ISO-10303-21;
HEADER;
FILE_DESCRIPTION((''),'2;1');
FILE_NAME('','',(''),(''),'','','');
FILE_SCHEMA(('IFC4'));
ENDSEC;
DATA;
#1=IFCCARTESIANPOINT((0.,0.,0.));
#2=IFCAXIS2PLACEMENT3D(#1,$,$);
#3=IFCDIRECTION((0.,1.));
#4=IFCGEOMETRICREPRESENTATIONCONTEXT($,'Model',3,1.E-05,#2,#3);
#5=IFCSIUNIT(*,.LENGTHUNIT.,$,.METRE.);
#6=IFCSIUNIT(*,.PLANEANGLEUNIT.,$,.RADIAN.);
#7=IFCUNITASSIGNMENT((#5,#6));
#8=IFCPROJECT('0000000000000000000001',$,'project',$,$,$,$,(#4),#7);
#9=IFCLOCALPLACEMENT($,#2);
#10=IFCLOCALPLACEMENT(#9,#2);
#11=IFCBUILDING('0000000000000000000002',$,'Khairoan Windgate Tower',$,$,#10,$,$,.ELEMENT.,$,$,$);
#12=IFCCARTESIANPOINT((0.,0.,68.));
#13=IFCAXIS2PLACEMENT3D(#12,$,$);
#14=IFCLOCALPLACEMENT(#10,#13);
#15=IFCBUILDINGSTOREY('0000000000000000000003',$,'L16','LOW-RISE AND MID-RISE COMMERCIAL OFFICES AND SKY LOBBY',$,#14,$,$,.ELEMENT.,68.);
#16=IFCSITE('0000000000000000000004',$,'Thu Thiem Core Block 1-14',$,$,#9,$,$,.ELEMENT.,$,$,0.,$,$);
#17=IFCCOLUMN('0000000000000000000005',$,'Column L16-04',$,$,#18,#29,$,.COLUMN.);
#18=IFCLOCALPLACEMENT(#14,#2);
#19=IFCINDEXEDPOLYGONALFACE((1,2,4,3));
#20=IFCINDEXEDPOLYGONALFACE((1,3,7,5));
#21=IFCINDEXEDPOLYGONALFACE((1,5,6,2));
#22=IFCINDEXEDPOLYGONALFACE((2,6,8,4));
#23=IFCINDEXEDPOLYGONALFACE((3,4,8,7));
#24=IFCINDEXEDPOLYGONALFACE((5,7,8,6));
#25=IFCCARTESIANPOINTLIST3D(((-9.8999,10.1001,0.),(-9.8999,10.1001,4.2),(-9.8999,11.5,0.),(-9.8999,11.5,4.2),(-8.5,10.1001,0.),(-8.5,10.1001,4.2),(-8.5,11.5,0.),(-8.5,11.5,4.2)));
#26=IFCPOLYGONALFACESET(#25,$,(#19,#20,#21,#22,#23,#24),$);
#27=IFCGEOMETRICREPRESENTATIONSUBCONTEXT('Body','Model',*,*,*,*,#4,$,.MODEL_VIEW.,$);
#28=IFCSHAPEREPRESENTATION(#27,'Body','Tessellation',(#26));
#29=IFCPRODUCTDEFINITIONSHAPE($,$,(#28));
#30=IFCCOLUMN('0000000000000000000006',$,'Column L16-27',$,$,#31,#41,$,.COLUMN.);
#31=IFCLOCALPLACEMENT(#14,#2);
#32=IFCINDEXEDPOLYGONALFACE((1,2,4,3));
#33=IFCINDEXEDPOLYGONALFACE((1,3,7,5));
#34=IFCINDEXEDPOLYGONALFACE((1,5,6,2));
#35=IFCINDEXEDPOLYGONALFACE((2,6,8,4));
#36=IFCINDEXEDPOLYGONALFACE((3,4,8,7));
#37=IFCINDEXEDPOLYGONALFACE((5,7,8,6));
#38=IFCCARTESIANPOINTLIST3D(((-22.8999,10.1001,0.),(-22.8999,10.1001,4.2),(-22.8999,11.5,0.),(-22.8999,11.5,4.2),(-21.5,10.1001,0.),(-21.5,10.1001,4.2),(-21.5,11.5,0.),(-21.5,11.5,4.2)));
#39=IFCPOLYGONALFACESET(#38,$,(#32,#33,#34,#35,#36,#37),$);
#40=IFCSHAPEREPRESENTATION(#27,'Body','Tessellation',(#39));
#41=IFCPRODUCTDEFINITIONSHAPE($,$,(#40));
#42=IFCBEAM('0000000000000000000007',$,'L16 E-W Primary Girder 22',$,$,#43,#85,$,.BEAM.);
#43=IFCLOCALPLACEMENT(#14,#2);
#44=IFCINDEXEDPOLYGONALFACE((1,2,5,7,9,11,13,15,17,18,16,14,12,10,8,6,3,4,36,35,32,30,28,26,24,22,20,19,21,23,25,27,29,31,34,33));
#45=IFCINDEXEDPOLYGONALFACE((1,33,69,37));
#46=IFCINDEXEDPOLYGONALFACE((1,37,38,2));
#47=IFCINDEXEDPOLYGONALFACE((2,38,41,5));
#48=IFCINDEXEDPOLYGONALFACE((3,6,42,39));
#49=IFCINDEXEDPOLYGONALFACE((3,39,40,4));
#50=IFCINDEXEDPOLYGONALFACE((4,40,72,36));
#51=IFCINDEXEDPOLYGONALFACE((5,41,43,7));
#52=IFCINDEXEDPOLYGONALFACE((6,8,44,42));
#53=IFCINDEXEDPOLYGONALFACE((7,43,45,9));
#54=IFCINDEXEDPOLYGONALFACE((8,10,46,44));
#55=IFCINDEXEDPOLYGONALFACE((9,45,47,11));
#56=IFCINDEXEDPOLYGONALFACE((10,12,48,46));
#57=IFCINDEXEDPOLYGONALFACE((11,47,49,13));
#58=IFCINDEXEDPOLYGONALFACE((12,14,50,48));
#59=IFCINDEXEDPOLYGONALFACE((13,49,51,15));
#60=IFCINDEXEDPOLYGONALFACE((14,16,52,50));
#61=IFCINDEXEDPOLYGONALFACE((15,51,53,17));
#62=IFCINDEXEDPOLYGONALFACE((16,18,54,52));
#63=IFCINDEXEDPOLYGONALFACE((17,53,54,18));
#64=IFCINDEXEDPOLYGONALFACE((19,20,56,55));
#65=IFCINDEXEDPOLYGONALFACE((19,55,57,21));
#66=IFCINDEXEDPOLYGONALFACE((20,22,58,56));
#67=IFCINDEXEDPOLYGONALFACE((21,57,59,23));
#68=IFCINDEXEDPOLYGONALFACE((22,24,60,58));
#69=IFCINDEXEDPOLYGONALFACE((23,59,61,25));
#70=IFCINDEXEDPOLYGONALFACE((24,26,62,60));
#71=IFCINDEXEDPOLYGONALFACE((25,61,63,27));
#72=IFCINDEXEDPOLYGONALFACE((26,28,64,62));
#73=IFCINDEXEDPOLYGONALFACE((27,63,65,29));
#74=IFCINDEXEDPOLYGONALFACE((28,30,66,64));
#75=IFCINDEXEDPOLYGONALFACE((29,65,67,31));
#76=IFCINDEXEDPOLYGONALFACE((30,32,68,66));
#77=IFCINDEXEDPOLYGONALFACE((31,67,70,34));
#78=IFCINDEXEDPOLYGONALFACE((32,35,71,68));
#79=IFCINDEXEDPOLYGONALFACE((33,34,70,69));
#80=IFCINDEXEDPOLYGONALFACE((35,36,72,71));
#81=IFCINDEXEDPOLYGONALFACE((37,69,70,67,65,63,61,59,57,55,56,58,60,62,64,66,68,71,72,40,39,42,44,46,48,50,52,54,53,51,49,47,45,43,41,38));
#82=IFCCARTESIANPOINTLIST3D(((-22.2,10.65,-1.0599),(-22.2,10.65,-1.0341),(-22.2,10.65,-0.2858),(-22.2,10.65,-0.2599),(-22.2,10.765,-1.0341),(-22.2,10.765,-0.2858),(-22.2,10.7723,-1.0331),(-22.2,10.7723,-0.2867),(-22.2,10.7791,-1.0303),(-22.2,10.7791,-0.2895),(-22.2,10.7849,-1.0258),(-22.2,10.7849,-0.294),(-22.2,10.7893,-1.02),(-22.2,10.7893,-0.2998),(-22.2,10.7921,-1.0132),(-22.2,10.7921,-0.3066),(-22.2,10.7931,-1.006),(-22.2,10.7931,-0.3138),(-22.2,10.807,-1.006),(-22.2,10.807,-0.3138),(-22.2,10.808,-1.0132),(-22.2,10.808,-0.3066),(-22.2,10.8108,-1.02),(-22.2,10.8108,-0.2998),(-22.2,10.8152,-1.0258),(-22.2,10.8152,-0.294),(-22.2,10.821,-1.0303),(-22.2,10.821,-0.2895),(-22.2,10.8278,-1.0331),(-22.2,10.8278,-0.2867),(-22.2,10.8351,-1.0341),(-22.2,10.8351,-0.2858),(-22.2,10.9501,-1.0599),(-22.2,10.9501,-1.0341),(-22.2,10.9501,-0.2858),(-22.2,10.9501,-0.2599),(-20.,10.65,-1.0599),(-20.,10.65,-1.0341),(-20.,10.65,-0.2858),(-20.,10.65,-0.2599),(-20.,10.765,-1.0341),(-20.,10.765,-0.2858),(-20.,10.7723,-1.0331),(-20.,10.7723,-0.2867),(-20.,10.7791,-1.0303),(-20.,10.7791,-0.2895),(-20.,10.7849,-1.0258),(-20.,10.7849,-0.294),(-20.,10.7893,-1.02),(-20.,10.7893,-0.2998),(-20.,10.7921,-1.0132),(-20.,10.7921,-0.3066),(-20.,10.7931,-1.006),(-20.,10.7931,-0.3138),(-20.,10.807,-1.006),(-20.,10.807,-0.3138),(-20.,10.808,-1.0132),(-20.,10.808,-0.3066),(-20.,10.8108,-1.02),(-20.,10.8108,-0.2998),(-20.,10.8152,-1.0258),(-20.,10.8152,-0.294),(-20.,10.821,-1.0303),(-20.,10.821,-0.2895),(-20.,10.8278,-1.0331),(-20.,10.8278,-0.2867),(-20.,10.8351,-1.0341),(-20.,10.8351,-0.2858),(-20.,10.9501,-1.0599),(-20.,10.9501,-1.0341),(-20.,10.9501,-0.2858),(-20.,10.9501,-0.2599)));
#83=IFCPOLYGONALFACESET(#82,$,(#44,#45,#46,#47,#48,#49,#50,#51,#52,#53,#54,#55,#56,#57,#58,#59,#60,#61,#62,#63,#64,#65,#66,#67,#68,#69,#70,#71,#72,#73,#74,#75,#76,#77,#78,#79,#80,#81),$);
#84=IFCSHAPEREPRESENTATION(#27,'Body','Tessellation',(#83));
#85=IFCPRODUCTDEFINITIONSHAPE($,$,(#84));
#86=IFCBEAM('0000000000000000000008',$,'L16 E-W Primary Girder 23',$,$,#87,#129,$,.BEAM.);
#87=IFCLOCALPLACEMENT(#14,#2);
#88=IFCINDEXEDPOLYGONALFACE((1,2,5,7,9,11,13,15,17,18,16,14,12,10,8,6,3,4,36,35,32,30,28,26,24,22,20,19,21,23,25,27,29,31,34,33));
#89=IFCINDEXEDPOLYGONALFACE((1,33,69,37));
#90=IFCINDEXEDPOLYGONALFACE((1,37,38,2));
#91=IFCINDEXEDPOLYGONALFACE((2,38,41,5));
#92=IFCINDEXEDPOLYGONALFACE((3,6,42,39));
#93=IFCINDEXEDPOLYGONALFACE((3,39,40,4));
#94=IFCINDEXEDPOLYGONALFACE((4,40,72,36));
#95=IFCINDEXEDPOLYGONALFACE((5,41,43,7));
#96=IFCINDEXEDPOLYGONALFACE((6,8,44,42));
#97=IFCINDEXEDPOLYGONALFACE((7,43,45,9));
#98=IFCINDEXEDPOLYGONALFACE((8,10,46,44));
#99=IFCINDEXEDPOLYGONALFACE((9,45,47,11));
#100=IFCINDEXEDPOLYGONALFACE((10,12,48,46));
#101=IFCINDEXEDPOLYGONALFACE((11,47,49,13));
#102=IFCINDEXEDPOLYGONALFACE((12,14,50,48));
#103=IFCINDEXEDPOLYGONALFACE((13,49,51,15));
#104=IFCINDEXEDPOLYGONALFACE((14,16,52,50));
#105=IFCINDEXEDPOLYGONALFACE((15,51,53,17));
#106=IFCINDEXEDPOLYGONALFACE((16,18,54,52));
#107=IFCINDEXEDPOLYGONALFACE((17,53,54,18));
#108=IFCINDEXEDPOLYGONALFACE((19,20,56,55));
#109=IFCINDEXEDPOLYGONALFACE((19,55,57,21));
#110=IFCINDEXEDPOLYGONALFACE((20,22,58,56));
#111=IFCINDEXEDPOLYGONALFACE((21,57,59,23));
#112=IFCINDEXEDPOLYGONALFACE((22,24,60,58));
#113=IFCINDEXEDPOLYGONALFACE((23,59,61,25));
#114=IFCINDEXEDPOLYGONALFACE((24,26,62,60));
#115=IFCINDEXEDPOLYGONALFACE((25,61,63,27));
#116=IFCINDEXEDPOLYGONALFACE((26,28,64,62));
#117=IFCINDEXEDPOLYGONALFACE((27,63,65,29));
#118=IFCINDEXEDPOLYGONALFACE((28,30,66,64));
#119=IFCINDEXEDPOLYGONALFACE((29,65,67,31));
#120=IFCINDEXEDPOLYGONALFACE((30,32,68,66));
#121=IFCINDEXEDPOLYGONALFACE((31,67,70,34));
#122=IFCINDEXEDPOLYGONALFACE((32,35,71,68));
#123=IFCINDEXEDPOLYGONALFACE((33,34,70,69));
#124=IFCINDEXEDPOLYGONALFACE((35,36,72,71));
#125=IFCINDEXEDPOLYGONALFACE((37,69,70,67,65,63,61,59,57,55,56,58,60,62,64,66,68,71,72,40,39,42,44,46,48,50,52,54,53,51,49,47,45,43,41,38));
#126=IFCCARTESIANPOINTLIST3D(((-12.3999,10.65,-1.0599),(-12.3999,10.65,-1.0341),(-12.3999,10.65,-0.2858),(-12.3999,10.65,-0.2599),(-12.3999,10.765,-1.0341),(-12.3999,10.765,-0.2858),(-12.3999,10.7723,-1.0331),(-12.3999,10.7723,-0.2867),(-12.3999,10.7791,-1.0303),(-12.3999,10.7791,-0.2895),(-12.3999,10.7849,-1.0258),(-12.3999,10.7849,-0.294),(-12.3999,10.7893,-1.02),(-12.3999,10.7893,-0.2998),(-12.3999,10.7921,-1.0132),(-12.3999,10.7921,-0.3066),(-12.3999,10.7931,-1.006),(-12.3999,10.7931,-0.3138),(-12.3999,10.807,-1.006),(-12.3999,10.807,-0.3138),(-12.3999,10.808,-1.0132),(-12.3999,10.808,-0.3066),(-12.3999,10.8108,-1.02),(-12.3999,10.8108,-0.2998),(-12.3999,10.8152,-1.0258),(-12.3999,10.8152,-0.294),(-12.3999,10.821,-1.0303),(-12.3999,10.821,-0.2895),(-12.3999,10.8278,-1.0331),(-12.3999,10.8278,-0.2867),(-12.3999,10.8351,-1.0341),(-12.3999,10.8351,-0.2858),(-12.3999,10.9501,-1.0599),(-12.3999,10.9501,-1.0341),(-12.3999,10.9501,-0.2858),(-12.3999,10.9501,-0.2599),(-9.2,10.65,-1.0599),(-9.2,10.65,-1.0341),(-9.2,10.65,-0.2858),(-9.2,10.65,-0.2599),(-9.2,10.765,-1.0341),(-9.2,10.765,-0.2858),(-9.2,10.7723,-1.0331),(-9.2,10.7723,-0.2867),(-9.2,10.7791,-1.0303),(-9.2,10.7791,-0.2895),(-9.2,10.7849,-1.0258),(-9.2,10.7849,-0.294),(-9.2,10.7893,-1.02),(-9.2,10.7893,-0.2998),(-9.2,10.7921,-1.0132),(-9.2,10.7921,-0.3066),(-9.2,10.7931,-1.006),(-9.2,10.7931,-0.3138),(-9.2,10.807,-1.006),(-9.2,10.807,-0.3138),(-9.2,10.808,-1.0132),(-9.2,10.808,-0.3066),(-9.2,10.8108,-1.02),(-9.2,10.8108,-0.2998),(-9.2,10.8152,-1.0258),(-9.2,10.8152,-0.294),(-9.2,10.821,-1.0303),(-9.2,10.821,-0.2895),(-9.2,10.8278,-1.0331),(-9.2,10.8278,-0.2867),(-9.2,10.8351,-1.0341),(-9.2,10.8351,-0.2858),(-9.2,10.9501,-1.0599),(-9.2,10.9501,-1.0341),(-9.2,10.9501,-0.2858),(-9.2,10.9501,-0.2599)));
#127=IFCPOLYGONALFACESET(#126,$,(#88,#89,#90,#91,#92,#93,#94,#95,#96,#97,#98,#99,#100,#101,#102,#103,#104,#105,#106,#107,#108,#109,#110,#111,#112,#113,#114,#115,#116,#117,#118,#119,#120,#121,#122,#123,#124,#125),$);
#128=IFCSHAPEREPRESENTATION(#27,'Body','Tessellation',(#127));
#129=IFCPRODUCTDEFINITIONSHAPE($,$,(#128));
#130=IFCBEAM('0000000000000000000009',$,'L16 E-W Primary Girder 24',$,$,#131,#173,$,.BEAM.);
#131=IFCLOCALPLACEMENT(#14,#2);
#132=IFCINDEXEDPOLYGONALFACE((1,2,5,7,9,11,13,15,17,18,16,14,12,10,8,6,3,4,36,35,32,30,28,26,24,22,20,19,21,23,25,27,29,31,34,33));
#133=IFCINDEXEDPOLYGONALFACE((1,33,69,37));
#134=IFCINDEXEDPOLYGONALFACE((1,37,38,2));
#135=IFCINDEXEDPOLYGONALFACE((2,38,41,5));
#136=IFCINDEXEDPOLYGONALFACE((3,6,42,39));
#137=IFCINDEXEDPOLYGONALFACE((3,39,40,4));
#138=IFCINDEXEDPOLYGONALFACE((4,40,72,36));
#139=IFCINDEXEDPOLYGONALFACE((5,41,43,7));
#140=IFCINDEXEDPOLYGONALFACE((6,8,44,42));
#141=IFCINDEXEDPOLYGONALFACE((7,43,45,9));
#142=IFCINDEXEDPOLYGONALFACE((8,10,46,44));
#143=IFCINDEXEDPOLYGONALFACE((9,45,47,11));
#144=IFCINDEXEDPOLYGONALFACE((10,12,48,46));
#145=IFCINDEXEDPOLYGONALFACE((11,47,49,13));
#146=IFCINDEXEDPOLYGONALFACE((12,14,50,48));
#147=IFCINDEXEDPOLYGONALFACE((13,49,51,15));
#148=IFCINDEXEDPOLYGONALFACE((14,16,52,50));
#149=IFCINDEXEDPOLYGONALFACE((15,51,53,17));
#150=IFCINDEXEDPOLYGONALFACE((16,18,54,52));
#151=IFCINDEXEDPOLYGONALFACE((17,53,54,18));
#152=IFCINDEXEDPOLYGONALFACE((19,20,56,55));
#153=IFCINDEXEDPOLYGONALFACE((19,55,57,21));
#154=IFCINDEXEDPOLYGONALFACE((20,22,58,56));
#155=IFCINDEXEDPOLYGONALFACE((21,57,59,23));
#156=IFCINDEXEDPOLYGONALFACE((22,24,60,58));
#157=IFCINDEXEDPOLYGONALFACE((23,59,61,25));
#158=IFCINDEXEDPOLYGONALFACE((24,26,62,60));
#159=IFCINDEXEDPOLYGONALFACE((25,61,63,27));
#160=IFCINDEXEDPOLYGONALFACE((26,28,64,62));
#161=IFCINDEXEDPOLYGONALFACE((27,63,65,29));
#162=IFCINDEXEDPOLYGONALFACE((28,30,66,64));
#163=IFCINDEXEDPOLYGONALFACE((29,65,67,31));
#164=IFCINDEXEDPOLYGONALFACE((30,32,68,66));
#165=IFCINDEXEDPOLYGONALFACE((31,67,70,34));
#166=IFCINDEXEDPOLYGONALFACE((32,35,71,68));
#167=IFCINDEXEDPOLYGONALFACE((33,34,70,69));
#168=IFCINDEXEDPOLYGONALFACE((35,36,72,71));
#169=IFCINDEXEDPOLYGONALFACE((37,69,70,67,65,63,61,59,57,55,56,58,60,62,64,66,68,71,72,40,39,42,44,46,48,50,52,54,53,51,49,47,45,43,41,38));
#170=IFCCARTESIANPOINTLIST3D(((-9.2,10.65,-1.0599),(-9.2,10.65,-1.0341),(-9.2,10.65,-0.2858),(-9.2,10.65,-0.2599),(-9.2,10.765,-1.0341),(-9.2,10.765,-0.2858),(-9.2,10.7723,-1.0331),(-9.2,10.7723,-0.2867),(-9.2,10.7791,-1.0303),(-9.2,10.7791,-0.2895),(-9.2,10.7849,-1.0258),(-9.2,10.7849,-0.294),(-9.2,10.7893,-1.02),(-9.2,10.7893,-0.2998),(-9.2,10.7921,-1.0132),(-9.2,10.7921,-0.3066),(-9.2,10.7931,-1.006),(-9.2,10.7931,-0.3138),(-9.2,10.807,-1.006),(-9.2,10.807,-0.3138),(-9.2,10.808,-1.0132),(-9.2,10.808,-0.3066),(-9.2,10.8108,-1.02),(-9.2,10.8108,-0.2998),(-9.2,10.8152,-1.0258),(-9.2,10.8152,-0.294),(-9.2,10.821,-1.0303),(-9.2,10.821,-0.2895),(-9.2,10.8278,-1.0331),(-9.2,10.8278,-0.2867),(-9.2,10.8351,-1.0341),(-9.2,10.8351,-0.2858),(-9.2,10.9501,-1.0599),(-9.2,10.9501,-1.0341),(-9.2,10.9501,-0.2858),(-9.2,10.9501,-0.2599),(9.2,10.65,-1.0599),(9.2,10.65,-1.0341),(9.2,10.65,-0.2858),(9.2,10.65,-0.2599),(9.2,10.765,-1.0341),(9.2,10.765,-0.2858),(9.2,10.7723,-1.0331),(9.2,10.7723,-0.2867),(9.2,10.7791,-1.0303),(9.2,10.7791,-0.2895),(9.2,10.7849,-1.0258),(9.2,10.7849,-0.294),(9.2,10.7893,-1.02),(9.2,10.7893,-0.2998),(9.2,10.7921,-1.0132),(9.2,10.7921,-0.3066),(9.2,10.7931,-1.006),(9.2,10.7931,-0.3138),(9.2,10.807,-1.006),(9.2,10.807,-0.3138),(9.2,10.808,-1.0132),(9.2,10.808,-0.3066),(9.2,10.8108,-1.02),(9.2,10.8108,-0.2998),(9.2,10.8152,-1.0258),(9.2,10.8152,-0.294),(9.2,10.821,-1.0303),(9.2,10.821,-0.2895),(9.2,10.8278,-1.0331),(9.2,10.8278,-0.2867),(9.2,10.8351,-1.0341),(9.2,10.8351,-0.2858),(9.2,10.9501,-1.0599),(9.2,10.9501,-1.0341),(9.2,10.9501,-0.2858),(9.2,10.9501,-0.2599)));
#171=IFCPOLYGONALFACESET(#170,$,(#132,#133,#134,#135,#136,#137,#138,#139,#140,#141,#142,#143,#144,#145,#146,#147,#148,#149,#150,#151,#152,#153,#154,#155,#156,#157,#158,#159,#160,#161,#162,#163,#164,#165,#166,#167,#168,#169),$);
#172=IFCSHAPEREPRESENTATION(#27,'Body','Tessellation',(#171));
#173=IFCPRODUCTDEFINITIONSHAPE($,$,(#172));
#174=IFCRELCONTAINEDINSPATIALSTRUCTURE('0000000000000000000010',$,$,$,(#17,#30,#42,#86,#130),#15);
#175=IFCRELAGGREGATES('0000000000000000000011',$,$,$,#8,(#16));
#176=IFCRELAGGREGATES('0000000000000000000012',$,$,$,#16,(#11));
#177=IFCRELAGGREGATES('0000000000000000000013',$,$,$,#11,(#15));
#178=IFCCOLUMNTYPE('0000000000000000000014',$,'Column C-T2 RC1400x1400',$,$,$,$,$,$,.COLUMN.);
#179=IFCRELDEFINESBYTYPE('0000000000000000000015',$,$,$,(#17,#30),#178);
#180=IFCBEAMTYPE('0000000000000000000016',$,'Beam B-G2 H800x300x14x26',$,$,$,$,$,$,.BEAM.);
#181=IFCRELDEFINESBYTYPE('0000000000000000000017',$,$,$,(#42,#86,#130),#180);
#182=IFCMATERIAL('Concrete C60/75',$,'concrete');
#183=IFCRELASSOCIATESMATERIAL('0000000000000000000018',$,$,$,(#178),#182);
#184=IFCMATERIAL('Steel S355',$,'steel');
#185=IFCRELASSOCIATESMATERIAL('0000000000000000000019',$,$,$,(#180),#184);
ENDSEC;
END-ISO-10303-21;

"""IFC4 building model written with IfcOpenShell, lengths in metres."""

from ifc_helpers import new_model, si_unit, direction, frame, origin, origin_2d, place, context, subcontext, project, spatial, rectangle, i_section, extrude, material, material_profile, profile_set, type_object, element, save


model = new_model("IFC4")

# Units and contexts
model_context = context("Model", 3, precision=1e-05, world=origin(), true_north=direction((0.0, 1.0)))
body_context = subcontext(model_context, "Body", "Model", "MODEL_VIEW")
ifc_project = project(units=[si_unit("LENGTHUNIT", "METRE"), si_unit("PLANEANGLEUNIT", "RADIAN")], contexts=[model_context])

# Site, building, storey
site_placement = place(None, origin())
site = spatial("IfcSite", under=ifc_project, at=site_placement, Name="Thu Thiem Core Block 1-14", CompositionType="ELEMENT", RefElevation=0.0)
building_placement = place(site_placement, origin())
building = spatial("IfcBuilding", under=site, at=building_placement, Name="Khairoan Windgate Tower", CompositionType="ELEMENT")
storey_placement = place(building_placement, frame((0.0, 0.0, 68.0)))
storey = spatial("IfcBuildingStorey", under=building, at=storey_placement, Name="L16", Description="LOW-RISE AND MID-RISE COMMERCIAL OFFICES AND SKY LOBBY", CompositionType="ELEMENT", Elevation=68.0)

# Columns
ifc_material_1 = material(Name="Concrete C60/75", Category="concrete")
ifc_material_profile_1 = material_profile(ifc_material_1, rectangle(XDim=1.3999, YDim=1.3999, at=origin_2d()))
ifc_profile_set_1 = profile_set([ifc_material_profile_1], Name="Concrete C60/75")
column_type = type_object("IfcColumnType", Name="Column C-T2 RC1400x1400", PredefinedType="COLUMN", material=ifc_profile_set_1)
for number, where, z_axis, x_axis, name in (
    (1, (-9.2, 10.8, 0.0), (0.0, 0.0, 1.0), (1.0, 0.0, 0.0), "Column L16-04"),
    (2, (-22.2, 10.8, 0.0), (0.0, 0.0, 1.0), (1.0, 0.0, 0.0), "Column L16-27"),
):
    element("IfcColumn", number, at=place(storey_placement, frame(where, z_axis=z_axis, x_axis=x_axis)), inside=storey, type_object=column_type, Name=name, PredefinedType="COLUMN", context=body_context, shape_type="SweptSolid", body=[
        extrude(rectangle(XDim=1.3999, YDim=1.3999, at=origin_2d()), origin(), (0.0, 0.0, 1.0), 4.2),
    ])

# Beams
ifc_material_2 = material(Name="Steel S355", Category="steel")
ifc_material_profile_2 = material_profile(ifc_material_2, i_section(OverallWidth=0.3, OverallDepth=0.8, WebThickness=0.0139, FlangeThickness=0.0259, FilletRadius=0.0281, at=origin_2d()))
ifc_profile_set_2 = profile_set([ifc_material_profile_2], Name="Steel S355")
beam_type = type_object("IfcBeamType", Name="Beam B-G2 H800x300x14x26", PredefinedType="BEAM", material=ifc_profile_set_2)
beam_1_placement = place(storey_placement, frame((-22.2, 10.8, -0.6599), z_axis=(1.0, 0.0, 0.0), x_axis=(0.0, 1.0, 0.0)))
element("IfcBeam", 3, at=beam_1_placement, inside=storey, type_object=beam_type, Name="L16 E-W Primary Girder 22", PredefinedType="BEAM", context=body_context, shape_type="SweptSolid", body=[
    extrude(i_section(OverallWidth=0.3, OverallDepth=0.8, WebThickness=0.0139, FlangeThickness=0.0259, FilletRadius=0.0281, at=origin_2d()), origin(), (0.0, 0.0, 1.0), 2.2),
])
beam_2_placement = place(storey_placement, frame((-12.3999, 10.8, -0.6599), z_axis=(1.0, 0.0, 0.0), x_axis=(0.0, 1.0, 0.0)))
element("IfcBeam", 4, at=beam_2_placement, inside=storey, type_object=beam_type, Name="L16 E-W Primary Girder 23", PredefinedType="BEAM", context=body_context, shape_type="SweptSolid", body=[
    extrude(i_section(OverallWidth=0.3, OverallDepth=0.8, WebThickness=0.0139, FlangeThickness=0.0259, FilletRadius=0.0281, at=origin_2d()), origin(), (0.0, 0.0, 1.0), 3.2),
])
beam_3_placement = place(storey_placement, frame((-9.2, 10.8, -0.6599), z_axis=(1.0, 0.0, 0.0), x_axis=(0.0, 1.0, 0.0)))
element("IfcBeam", 5, at=beam_3_placement, inside=storey, type_object=beam_type, Name="L16 E-W Primary Girder 24", PredefinedType="BEAM", context=body_context, shape_type="SweptSolid", body=[
    extrude(i_section(OverallWidth=0.3, OverallDepth=0.8, WebThickness=0.0139, FlangeThickness=0.0259, FilletRadius=0.0281, at=origin_2d()), origin(), (0.0, 0.0, 1.0), 18.3999),
])

save(model, "model.ifc")
